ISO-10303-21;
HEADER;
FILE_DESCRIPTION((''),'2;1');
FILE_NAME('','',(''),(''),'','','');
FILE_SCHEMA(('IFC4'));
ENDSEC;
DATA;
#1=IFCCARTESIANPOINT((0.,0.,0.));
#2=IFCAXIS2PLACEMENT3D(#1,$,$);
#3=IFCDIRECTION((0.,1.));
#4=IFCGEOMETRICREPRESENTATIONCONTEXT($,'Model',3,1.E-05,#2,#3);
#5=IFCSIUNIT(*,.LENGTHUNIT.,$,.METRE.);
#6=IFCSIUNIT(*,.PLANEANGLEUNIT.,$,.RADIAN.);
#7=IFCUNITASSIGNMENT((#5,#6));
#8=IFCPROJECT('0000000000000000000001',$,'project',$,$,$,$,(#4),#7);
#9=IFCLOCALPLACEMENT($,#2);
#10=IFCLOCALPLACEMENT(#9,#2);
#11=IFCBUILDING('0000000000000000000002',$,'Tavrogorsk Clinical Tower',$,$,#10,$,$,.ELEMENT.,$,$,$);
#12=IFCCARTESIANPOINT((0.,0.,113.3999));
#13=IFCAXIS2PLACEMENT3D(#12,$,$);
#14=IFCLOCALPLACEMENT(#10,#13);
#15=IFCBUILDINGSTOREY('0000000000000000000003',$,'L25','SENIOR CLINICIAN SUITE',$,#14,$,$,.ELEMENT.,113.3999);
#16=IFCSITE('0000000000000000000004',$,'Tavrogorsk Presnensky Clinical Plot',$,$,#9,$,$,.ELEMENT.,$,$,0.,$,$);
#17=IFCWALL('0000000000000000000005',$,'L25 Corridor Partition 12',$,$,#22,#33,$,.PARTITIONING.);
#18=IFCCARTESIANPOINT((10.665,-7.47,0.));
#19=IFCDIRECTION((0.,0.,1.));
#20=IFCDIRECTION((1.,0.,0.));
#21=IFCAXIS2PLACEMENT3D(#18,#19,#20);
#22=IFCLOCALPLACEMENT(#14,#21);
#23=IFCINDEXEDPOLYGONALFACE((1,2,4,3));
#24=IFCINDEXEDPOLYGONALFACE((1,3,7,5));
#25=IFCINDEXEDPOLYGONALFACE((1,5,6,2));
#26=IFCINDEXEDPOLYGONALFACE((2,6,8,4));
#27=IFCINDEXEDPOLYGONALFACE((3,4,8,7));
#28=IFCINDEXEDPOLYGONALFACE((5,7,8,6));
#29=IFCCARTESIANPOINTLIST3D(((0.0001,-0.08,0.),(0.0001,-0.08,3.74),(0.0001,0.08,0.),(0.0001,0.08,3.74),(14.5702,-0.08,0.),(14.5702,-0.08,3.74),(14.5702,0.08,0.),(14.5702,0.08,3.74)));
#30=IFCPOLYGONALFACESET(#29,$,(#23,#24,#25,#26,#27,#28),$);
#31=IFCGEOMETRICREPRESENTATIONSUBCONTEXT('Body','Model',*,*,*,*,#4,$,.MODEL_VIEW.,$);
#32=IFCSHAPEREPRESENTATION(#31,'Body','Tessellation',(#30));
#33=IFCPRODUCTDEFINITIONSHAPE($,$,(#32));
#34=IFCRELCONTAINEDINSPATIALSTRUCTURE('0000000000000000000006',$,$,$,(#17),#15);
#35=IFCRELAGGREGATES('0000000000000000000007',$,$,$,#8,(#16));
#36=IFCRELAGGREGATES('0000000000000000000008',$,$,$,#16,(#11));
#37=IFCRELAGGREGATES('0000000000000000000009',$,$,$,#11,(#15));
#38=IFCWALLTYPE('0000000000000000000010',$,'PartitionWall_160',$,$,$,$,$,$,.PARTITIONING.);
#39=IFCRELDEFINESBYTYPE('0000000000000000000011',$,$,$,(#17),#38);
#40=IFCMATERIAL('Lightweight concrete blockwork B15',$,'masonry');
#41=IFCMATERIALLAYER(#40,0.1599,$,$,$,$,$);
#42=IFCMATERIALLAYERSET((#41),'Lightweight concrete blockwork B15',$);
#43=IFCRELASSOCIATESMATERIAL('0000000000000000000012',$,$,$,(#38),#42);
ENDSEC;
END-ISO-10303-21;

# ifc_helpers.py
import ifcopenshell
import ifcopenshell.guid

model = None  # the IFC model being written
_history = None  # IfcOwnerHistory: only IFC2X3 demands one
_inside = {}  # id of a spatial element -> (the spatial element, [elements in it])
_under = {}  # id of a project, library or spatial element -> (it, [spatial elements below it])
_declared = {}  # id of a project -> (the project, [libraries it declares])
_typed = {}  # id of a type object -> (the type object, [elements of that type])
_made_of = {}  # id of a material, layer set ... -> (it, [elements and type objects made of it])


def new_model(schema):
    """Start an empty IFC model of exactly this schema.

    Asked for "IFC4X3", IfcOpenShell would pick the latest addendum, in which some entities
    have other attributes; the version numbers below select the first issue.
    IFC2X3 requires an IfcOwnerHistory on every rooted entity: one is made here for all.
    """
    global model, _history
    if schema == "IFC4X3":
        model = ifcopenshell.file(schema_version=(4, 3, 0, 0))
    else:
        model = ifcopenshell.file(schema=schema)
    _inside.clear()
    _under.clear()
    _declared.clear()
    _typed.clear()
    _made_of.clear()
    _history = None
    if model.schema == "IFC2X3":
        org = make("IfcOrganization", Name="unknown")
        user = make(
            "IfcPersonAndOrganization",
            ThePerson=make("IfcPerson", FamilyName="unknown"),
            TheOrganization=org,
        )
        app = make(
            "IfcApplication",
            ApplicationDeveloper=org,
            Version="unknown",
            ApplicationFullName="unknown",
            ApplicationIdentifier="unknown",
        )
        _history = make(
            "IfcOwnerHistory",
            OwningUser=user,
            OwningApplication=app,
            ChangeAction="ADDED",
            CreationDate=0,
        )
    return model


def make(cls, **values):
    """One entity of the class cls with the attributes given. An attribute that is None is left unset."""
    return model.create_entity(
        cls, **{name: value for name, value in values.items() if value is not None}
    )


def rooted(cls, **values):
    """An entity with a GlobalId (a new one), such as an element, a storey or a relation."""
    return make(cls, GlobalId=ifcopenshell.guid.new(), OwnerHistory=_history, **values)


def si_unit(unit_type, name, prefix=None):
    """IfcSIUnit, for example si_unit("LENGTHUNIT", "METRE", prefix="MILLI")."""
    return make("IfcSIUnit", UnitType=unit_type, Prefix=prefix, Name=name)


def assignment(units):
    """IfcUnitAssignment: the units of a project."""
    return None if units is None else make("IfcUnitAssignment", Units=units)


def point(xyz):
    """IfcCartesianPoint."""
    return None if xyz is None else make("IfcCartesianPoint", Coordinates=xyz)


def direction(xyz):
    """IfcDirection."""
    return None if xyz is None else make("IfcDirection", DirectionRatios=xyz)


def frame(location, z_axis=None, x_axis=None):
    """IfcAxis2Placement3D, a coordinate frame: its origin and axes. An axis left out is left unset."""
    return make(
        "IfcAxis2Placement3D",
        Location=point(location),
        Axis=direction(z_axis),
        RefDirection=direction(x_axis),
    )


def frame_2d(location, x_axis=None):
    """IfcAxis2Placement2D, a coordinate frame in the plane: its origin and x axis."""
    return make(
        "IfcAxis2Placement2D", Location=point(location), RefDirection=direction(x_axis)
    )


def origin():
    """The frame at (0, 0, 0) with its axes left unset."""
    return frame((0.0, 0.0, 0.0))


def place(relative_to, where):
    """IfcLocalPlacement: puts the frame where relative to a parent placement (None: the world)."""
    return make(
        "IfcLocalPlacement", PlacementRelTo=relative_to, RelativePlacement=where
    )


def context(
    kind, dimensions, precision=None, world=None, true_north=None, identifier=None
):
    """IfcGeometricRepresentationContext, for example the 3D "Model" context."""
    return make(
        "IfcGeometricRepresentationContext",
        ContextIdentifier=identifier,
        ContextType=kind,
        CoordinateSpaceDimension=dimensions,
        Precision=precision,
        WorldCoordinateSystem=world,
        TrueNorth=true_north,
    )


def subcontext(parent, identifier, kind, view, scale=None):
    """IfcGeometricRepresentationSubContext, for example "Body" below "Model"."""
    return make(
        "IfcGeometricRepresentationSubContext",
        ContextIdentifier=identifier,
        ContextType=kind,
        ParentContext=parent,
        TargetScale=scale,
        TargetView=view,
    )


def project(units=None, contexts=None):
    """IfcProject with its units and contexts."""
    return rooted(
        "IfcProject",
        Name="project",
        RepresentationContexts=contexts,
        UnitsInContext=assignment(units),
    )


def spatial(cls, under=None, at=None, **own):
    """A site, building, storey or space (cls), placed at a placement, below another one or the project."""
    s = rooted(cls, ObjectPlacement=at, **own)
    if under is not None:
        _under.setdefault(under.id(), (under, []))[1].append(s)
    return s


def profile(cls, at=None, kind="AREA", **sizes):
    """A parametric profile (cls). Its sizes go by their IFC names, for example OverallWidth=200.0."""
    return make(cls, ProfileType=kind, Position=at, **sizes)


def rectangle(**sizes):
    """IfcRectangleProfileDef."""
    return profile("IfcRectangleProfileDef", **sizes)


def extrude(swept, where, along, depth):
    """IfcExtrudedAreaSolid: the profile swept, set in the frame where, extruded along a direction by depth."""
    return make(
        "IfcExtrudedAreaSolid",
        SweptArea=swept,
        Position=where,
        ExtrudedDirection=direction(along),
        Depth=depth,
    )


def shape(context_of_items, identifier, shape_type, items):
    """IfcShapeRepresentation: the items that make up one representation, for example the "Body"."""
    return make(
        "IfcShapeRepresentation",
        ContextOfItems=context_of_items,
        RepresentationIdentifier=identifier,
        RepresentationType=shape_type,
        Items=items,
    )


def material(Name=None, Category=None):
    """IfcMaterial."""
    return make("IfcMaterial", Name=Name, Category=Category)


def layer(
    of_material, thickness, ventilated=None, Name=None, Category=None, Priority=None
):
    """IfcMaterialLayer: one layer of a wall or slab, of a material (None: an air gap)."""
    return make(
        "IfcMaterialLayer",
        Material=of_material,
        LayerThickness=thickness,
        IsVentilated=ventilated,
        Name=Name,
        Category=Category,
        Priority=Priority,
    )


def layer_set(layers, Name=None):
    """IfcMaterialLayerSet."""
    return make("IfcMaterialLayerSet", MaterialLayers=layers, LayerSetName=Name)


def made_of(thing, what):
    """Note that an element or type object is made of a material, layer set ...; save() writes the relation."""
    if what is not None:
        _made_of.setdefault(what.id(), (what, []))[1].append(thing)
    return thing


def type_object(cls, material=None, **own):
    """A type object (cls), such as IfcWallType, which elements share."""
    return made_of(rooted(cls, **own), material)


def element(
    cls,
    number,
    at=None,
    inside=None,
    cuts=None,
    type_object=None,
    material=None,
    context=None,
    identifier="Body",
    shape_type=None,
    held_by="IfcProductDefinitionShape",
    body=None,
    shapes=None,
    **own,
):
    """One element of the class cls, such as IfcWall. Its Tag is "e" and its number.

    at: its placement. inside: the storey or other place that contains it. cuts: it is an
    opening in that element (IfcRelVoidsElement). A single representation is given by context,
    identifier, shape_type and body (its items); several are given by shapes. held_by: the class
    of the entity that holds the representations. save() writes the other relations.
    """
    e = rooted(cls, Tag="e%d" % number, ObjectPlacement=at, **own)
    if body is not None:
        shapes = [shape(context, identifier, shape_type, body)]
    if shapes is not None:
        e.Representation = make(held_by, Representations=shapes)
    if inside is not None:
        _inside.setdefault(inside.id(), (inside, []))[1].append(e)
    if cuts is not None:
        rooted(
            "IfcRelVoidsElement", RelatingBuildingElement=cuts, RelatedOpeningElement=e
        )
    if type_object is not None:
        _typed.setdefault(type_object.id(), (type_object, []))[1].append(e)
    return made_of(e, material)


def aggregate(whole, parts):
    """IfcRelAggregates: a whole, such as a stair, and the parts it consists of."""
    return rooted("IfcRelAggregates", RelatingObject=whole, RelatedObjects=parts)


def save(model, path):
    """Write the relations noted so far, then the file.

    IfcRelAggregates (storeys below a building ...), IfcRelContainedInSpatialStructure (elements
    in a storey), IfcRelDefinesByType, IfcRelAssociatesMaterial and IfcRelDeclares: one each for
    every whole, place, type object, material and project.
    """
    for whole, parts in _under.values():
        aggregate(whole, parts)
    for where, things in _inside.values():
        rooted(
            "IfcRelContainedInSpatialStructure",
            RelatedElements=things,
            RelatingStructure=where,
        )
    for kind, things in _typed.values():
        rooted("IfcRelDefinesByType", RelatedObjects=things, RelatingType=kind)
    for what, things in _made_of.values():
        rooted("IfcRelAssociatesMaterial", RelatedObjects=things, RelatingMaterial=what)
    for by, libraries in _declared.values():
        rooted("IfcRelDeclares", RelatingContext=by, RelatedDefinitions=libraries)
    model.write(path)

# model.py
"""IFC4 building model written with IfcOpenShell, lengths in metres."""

from ifc_helpers import new_model, si_unit, direction, frame, frame_2d, origin, place, context, subcontext, project, spatial, rectangle, extrude, material, layer, layer_set, type_object, element, save


model = new_model("IFC4")

# Units and contexts
model_context = context("Model", 3, precision=1e-05, world=origin(), true_north=direction((0.0, 1.0)))
body_context = subcontext(model_context, "Body", "Model", "MODEL_VIEW")
ifc_project = project(units=[si_unit("LENGTHUNIT", "METRE"), si_unit("PLANEANGLEUNIT", "RADIAN")], contexts=[model_context])

# Site, building, storey
site_placement = place(None, origin())
site = spatial("IfcSite", under=ifc_project, at=site_placement, Name="Tavrogorsk Presnensky Clinical Plot", CompositionType="ELEMENT", RefElevation=0.0)
building_placement = place(site_placement, origin())
building = spatial("IfcBuilding", under=site, at=building_placement, Name="Tavrogorsk Clinical Tower", CompositionType="ELEMENT")
storey_placement = place(building_placement, frame((0.0, 0.0, 113.3999)))
storey = spatial("IfcBuildingStorey", under=building, at=storey_placement, Name="L25", Description="SENIOR CLINICIAN SUITE", CompositionType="ELEMENT", Elevation=113.3999)

# Shared definitions
ifc_material_1 = material(Name="Lightweight concrete blockwork B15", Category="masonry")
ifc_layer_1 = layer(ifc_material_1, 0.1599)
ifc_layer_set_1 = layer_set([ifc_layer_1], Name="Lightweight concrete blockwork B15")
wall_type_1 = type_object("IfcWallType", Name="PartitionWall_160", PredefinedType="PARTITIONING", material=ifc_layer_set_1)

# Wall
wall_1_placement = place(storey_placement, frame((10.665, -7.47, 0.0), z_axis=(0.0, 0.0, 1.0), x_axis=(1.0, 0.0, 0.0)))
element("IfcWall", 1, at=wall_1_placement, inside=storey, type_object=wall_type_1, Name="L25 Corridor Partition 12", PredefinedType="PARTITIONING", context=body_context, shape_type="SweptSolid", body=[
    extrude(rectangle(XDim=14.5701, YDim=0.1599, at=frame_2d((7.2852, 0.0))), origin(), (0.0, 0.0, 1.0), 3.74),
])

save(model, "model.ifc")
